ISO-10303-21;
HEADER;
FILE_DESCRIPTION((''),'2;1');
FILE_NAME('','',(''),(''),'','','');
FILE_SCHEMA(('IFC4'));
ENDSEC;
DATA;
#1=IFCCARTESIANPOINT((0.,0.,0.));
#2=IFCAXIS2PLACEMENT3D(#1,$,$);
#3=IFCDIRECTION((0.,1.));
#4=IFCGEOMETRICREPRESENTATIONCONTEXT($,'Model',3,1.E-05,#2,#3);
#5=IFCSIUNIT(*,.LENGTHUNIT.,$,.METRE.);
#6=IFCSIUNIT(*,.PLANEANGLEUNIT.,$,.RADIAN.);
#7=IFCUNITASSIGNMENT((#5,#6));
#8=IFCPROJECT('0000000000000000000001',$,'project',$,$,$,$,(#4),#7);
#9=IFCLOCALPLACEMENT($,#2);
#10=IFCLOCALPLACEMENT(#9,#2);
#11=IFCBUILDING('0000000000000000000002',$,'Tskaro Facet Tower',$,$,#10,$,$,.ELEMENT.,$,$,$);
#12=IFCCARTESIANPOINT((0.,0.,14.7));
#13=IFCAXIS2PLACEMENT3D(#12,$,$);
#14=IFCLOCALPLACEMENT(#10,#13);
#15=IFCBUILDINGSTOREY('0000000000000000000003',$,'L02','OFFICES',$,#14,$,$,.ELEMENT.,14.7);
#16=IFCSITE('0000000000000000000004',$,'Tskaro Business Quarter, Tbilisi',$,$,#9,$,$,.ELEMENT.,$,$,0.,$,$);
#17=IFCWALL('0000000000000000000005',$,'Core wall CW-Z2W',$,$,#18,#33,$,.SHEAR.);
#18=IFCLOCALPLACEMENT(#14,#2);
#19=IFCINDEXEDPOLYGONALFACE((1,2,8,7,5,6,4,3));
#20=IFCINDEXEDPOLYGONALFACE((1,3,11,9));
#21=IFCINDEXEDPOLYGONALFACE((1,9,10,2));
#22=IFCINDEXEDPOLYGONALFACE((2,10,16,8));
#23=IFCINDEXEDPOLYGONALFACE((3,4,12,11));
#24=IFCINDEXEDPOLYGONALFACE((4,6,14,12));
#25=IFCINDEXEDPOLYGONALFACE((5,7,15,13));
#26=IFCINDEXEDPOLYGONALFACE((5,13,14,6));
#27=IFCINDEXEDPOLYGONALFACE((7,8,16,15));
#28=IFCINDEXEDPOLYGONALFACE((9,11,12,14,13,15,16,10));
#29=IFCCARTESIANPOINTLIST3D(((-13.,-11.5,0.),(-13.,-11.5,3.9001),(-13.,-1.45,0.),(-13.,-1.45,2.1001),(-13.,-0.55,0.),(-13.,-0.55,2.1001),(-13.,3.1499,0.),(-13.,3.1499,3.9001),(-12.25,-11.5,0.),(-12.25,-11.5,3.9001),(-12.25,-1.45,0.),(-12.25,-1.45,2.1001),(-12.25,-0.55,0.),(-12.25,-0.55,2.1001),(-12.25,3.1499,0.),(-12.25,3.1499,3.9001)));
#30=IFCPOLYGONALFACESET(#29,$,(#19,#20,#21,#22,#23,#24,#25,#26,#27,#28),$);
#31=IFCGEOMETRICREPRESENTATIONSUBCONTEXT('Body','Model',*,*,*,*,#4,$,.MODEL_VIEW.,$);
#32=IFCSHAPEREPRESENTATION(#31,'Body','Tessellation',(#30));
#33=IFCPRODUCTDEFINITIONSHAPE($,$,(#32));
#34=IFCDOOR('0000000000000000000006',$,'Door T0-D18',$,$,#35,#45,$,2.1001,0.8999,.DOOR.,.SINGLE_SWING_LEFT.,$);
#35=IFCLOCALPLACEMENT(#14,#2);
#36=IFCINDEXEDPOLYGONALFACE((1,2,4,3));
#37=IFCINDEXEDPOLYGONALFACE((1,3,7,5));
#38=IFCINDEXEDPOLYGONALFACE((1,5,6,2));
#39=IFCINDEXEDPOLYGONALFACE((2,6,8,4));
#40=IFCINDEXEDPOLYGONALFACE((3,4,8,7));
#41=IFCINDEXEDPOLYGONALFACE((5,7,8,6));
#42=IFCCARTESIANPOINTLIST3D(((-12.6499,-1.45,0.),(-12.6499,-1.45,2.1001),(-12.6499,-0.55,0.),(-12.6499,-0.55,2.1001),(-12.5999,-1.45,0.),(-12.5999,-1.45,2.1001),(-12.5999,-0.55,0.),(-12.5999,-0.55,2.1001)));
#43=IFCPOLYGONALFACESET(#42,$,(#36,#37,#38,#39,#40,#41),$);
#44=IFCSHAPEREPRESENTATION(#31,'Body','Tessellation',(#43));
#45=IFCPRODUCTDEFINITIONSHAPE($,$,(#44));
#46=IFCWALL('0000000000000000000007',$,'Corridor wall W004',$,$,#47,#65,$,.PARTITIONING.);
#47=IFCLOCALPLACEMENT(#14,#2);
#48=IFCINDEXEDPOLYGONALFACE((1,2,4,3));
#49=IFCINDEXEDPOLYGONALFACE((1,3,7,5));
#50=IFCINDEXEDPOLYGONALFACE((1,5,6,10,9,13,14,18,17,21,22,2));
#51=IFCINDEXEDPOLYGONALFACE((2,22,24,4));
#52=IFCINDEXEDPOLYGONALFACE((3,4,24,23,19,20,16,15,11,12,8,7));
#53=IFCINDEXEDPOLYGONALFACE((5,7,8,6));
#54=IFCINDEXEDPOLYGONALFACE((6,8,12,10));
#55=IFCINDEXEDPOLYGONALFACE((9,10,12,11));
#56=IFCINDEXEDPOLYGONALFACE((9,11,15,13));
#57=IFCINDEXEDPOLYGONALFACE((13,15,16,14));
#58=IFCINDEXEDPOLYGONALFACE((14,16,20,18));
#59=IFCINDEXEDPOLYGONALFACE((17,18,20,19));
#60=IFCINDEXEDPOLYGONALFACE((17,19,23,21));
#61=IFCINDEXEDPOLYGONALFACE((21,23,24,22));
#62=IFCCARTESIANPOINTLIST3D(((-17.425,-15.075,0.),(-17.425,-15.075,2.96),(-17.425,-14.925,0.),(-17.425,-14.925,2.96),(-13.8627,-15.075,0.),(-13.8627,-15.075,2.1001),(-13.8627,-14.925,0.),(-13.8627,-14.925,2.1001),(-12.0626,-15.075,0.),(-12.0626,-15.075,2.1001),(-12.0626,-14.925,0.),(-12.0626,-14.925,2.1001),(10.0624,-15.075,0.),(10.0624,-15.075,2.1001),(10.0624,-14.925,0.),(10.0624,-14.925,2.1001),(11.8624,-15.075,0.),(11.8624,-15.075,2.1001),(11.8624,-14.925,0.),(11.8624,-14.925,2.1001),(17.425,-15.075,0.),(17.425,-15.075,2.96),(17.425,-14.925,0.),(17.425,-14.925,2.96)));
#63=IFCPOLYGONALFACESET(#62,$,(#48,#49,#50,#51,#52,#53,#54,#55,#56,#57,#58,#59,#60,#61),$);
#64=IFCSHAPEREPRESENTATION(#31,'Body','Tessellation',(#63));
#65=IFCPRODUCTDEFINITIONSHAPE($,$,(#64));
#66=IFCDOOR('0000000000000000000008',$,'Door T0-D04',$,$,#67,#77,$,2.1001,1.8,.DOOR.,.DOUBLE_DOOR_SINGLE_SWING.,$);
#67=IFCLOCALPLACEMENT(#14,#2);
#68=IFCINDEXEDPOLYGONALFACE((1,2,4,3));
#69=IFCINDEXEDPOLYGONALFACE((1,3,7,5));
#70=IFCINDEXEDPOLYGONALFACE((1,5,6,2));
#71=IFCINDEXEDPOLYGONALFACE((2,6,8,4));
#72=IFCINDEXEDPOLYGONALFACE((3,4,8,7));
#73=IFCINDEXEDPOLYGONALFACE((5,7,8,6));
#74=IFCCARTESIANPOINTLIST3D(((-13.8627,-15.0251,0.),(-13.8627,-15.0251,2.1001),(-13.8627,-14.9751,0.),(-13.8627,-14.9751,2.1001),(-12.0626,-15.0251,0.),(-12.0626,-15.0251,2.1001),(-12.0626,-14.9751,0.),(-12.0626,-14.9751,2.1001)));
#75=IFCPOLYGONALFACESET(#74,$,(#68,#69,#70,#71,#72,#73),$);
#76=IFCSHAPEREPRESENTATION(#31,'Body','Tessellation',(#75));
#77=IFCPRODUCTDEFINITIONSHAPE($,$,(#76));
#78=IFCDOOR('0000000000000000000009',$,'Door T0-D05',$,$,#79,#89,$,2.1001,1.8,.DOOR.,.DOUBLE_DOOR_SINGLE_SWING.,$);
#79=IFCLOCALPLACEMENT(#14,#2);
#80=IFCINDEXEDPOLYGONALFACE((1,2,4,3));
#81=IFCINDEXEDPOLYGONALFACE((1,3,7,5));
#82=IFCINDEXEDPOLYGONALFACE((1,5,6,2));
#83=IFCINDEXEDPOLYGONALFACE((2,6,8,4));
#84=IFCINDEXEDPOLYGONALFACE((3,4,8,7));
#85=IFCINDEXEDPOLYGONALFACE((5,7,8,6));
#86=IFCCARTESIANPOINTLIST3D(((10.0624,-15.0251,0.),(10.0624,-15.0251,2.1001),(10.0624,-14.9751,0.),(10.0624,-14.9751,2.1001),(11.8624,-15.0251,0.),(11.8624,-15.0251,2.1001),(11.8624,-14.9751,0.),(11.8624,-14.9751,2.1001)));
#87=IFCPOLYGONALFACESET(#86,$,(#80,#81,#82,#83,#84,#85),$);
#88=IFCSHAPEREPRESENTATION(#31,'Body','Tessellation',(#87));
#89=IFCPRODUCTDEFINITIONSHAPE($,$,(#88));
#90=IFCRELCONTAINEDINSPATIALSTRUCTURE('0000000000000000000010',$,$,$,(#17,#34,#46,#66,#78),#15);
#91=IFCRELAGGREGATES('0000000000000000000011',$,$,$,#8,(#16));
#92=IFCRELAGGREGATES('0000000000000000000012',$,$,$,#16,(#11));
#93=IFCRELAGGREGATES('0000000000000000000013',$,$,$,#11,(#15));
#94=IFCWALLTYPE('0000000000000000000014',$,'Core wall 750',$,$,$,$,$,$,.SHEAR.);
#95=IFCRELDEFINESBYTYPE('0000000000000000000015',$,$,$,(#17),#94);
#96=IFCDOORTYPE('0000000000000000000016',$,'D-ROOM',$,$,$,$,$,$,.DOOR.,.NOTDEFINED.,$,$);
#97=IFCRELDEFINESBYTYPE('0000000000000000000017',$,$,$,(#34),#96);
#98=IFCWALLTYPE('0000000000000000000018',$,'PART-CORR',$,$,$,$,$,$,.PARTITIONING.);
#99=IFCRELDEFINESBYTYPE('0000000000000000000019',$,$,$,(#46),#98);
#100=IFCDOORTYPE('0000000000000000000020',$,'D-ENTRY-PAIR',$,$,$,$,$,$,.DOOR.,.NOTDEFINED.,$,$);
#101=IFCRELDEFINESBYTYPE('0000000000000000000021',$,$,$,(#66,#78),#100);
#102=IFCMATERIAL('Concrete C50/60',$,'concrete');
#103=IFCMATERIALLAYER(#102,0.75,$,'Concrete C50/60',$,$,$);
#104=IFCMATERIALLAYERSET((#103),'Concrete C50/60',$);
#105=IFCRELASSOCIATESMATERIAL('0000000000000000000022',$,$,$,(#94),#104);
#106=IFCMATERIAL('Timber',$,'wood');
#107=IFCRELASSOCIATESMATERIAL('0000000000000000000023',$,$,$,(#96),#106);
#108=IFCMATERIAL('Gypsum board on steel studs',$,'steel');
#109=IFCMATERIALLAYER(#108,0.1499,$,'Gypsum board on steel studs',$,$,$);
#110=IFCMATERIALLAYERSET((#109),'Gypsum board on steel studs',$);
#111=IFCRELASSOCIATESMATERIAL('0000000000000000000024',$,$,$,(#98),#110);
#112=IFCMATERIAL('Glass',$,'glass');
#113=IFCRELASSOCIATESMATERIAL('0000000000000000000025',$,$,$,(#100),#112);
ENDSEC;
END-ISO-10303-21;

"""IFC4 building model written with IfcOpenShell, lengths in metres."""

from ifc_helpers import new_model, si_unit, direction, frame, frame_2d, origin, place, context, subcontext, project, spatial, rectangle, extrude, material, layer, layer_set, type_object, element, fill, save


model = new_model("IFC4")

# Units and contexts
model_context = context("Model", 3, precision=1e-05, world=origin(), true_north=direction((0.0, 1.0)))
body_context = subcontext(model_context, "Body", "Model", "MODEL_VIEW")
ifc_project = project(units=[si_unit("LENGTHUNIT", "METRE"), si_unit("PLANEANGLEUNIT", "RADIAN")], contexts=[model_context])

# Site, building, storey
site_placement = place(None, origin())
site = spatial("IfcSite", under=ifc_project, at=site_placement, Name="Tskaro Business Quarter, Tbilisi", CompositionType="ELEMENT", RefElevation=0.0)
building_placement = place(site_placement, origin())
building = spatial("IfcBuilding", under=site, at=building_placement, Name="Tskaro Facet Tower", CompositionType="ELEMENT")
storey_placement = place(building_placement, frame((0.0, 0.0, 14.7)))
storey = spatial("IfcBuildingStorey", under=building, at=storey_placement, Name="L02", Description="OFFICES", CompositionType="ELEMENT", Elevation=14.7)

# Wall, opening, door
ifc_material_1 = material(Name="Concrete C50/60", Category="concrete")
ifc_layer_1 = layer(ifc_material_1, 0.75, Name="Concrete C50/60")
ifc_layer_set_1 = layer_set([ifc_layer_1], Name="Concrete C50/60")
wall_type_1 = type_object("IfcWallType", Name="Core wall 750", PredefinedType="SHEAR", material=ifc_layer_set_1)
wall_1_placement = place(storey_placement, frame((-12.625, -11.5, 0.0), z_axis=(0.0, 0.0, 1.0), x_axis=(0.0, 1.0, 0.0)))
wall_1 = element("IfcWall", 1, at=wall_1_placement, inside=storey, type_object=wall_type_1, Name="Core wall CW-Z2W", PredefinedType="SHEAR", context=body_context, shape_type="SweptSolid", body=[
    extrude(rectangle(XDim=14.6499, YDim=0.75, at=frame_2d((7.325, 0.0))), origin(), (0.0, 0.0, 1.0), 3.9001),
])
opening_1_placement = place(wall_1_placement, frame((10.05, 0.0, 0.0)))
opening_1 = element("IfcOpeningElement", 2, at=opening_1_placement, cuts=wall_1, PredefinedType="OPENING", context=body_context, shape_type="SweptSolid", body=[
    extrude(rectangle(XDim=0.8999, YDim=2.1001, at=frame_2d((0.45, 1.05))), frame((0.0, 0.385, 0.0), z_axis=(0.0, -1.0, 0.0), x_axis=(1.0, 0.0, 0.0)), (0.0, 0.0, 1.0), 0.77),
])
ifc_material_2 = material(Name="Timber", Category="wood")
door_type_1 = type_object("IfcDoorType", Name="D-ROOM", OperationType="NOTDEFINED", PredefinedType="DOOR", material=ifc_material_2)
door_1_placement = place(opening_1_placement, origin())
door_1 = element("IfcDoor", 3, at=door_1_placement, inside=storey, type_object=door_type_1, Name="Door T0-D18", OperationType="SINGLE_SWING_LEFT", OverallHeight=2.1001, OverallWidth=0.8999, PredefinedType="DOOR", context=body_context, shape_type="SweptSolid", body=[
    extrude(rectangle(XDim=0.8999, YDim=2.1001, at=frame_2d((0.45, 1.05))), frame((0.0, 0.0249, 0.0), z_axis=(0.0, -1.0, 0.0), x_axis=(1.0, 0.0, 0.0)), (0.0, 0.0, 1.0), 0.05),
])
fill(opening_1, door_1)

# Wall, openings, doors
ifc_material_3 = material(Name="Gypsum board on steel studs", Category="steel")
ifc_layer_2 = layer(ifc_material_3, 0.1499, Name="Gypsum board on steel studs")
ifc_layer_set_2 = layer_set([ifc_layer_2], Name="Gypsum board on steel studs")
wall_type_2 = type_object("IfcWallType", Name="PART-CORR", PredefinedType="PARTITIONING", material=ifc_layer_set_2)
wall_2_placement = place(storey_placement, frame((-17.425, -15.0, 0.0), z_axis=(0.0, 0.0, 1.0), x_axis=(1.0, 0.0, 0.0)))
wall_2 = element("IfcWall", 4, at=wall_2_placement, inside=storey, type_object=wall_type_2, Name="Corridor wall W004", PredefinedType="PARTITIONING", context=body_context, shape_type="SweptSolid", body=[
    extrude(rectangle(XDim=34.8501, YDim=0.1499, at=frame_2d((17.425, 0.0))), origin(), (0.0, 0.0, 1.0), 2.96),
])
opening_2_placement = place(wall_2_placement, frame((3.5625, 0.0, 0.0)))
opening_2 = element("IfcOpeningElement", 5, at=opening_2_placement, cuts=wall_2, PredefinedType="OPENING", context=body_context, shape_type="SweptSolid", body=[
    extrude(rectangle(XDim=1.8, YDim=2.1001, at=frame_2d((0.8999, 1.05))), frame((0.0, 0.085, 0.0), z_axis=(0.0, -1.0, 0.0), x_axis=(1.0, 0.0, 0.0)), (0.0, 0.0, 1.0), 0.1699),
])
opening_3_placement = place(wall_2_placement, frame((27.4875, 0.0, 0.0)))
opening_3 = element("IfcOpeningElement", 6, at=opening_3_placement, cuts=wall_2, PredefinedType="OPENING", context=body_context, shape_type="SweptSolid", body=[
    extrude(rectangle(XDim=1.8, YDim=2.1001, at=frame_2d((0.8999, 1.05))), frame((0.0, 0.085, 0.0), z_axis=(0.0, -1.0, 0.0), x_axis=(1.0, 0.0, 0.0)), (0.0, 0.0, 1.0), 0.1699),
])
ifc_material_4 = material(Name="Glass", Category="glass")
door_type_2 = type_object("IfcDoorType", Name="D-ENTRY-PAIR", OperationType="NOTDEFINED", PredefinedType="DOOR", material=ifc_material_4)
door_2_placement = place(opening_2_placement, origin())
door_2 = element("IfcDoor", 7, at=door_2_placement, inside=storey, type_object=door_type_2, Name="Door T0-D04", OperationType="DOUBLE_DOOR_SINGLE_SWING", OverallHeight=2.1001, OverallWidth=1.8, PredefinedType="DOOR", context=body_context, shape_type="SweptSolid", body=[
    extrude(rectangle(XDim=1.8, YDim=2.1001, at=frame_2d((0.8999, 1.05))), frame((0.0, 0.0249, 0.0), z_axis=(0.0, -1.0, 0.0), x_axis=(1.0, 0.0, 0.0)), (0.0, 0.0, 1.0), 0.05),
])
fill(opening_2, door_2)
door_3_placement = place(opening_3_placement, origin())
door_3 = element("IfcDoor", 8, at=door_3_placement, inside=storey, type_object=door_type_2, Name="Door T0-D05", OperationType="DOUBLE_DOOR_SINGLE_SWING", OverallHeight=2.1001, OverallWidth=1.8, PredefinedType="DOOR", context=body_context, shape_type="SweptSolid", body=[
    extrude(rectangle(XDim=1.8, YDim=2.1001, at=frame_2d((0.8999, 1.05))), frame((0.0, 0.0249, 0.0), z_axis=(0.0, -1.0, 0.0), x_axis=(1.0, 0.0, 0.0)), (0.0, 0.0, 1.0), 0.05),
])
fill(opening_3, door_3)

save(model, "model.ifc")
